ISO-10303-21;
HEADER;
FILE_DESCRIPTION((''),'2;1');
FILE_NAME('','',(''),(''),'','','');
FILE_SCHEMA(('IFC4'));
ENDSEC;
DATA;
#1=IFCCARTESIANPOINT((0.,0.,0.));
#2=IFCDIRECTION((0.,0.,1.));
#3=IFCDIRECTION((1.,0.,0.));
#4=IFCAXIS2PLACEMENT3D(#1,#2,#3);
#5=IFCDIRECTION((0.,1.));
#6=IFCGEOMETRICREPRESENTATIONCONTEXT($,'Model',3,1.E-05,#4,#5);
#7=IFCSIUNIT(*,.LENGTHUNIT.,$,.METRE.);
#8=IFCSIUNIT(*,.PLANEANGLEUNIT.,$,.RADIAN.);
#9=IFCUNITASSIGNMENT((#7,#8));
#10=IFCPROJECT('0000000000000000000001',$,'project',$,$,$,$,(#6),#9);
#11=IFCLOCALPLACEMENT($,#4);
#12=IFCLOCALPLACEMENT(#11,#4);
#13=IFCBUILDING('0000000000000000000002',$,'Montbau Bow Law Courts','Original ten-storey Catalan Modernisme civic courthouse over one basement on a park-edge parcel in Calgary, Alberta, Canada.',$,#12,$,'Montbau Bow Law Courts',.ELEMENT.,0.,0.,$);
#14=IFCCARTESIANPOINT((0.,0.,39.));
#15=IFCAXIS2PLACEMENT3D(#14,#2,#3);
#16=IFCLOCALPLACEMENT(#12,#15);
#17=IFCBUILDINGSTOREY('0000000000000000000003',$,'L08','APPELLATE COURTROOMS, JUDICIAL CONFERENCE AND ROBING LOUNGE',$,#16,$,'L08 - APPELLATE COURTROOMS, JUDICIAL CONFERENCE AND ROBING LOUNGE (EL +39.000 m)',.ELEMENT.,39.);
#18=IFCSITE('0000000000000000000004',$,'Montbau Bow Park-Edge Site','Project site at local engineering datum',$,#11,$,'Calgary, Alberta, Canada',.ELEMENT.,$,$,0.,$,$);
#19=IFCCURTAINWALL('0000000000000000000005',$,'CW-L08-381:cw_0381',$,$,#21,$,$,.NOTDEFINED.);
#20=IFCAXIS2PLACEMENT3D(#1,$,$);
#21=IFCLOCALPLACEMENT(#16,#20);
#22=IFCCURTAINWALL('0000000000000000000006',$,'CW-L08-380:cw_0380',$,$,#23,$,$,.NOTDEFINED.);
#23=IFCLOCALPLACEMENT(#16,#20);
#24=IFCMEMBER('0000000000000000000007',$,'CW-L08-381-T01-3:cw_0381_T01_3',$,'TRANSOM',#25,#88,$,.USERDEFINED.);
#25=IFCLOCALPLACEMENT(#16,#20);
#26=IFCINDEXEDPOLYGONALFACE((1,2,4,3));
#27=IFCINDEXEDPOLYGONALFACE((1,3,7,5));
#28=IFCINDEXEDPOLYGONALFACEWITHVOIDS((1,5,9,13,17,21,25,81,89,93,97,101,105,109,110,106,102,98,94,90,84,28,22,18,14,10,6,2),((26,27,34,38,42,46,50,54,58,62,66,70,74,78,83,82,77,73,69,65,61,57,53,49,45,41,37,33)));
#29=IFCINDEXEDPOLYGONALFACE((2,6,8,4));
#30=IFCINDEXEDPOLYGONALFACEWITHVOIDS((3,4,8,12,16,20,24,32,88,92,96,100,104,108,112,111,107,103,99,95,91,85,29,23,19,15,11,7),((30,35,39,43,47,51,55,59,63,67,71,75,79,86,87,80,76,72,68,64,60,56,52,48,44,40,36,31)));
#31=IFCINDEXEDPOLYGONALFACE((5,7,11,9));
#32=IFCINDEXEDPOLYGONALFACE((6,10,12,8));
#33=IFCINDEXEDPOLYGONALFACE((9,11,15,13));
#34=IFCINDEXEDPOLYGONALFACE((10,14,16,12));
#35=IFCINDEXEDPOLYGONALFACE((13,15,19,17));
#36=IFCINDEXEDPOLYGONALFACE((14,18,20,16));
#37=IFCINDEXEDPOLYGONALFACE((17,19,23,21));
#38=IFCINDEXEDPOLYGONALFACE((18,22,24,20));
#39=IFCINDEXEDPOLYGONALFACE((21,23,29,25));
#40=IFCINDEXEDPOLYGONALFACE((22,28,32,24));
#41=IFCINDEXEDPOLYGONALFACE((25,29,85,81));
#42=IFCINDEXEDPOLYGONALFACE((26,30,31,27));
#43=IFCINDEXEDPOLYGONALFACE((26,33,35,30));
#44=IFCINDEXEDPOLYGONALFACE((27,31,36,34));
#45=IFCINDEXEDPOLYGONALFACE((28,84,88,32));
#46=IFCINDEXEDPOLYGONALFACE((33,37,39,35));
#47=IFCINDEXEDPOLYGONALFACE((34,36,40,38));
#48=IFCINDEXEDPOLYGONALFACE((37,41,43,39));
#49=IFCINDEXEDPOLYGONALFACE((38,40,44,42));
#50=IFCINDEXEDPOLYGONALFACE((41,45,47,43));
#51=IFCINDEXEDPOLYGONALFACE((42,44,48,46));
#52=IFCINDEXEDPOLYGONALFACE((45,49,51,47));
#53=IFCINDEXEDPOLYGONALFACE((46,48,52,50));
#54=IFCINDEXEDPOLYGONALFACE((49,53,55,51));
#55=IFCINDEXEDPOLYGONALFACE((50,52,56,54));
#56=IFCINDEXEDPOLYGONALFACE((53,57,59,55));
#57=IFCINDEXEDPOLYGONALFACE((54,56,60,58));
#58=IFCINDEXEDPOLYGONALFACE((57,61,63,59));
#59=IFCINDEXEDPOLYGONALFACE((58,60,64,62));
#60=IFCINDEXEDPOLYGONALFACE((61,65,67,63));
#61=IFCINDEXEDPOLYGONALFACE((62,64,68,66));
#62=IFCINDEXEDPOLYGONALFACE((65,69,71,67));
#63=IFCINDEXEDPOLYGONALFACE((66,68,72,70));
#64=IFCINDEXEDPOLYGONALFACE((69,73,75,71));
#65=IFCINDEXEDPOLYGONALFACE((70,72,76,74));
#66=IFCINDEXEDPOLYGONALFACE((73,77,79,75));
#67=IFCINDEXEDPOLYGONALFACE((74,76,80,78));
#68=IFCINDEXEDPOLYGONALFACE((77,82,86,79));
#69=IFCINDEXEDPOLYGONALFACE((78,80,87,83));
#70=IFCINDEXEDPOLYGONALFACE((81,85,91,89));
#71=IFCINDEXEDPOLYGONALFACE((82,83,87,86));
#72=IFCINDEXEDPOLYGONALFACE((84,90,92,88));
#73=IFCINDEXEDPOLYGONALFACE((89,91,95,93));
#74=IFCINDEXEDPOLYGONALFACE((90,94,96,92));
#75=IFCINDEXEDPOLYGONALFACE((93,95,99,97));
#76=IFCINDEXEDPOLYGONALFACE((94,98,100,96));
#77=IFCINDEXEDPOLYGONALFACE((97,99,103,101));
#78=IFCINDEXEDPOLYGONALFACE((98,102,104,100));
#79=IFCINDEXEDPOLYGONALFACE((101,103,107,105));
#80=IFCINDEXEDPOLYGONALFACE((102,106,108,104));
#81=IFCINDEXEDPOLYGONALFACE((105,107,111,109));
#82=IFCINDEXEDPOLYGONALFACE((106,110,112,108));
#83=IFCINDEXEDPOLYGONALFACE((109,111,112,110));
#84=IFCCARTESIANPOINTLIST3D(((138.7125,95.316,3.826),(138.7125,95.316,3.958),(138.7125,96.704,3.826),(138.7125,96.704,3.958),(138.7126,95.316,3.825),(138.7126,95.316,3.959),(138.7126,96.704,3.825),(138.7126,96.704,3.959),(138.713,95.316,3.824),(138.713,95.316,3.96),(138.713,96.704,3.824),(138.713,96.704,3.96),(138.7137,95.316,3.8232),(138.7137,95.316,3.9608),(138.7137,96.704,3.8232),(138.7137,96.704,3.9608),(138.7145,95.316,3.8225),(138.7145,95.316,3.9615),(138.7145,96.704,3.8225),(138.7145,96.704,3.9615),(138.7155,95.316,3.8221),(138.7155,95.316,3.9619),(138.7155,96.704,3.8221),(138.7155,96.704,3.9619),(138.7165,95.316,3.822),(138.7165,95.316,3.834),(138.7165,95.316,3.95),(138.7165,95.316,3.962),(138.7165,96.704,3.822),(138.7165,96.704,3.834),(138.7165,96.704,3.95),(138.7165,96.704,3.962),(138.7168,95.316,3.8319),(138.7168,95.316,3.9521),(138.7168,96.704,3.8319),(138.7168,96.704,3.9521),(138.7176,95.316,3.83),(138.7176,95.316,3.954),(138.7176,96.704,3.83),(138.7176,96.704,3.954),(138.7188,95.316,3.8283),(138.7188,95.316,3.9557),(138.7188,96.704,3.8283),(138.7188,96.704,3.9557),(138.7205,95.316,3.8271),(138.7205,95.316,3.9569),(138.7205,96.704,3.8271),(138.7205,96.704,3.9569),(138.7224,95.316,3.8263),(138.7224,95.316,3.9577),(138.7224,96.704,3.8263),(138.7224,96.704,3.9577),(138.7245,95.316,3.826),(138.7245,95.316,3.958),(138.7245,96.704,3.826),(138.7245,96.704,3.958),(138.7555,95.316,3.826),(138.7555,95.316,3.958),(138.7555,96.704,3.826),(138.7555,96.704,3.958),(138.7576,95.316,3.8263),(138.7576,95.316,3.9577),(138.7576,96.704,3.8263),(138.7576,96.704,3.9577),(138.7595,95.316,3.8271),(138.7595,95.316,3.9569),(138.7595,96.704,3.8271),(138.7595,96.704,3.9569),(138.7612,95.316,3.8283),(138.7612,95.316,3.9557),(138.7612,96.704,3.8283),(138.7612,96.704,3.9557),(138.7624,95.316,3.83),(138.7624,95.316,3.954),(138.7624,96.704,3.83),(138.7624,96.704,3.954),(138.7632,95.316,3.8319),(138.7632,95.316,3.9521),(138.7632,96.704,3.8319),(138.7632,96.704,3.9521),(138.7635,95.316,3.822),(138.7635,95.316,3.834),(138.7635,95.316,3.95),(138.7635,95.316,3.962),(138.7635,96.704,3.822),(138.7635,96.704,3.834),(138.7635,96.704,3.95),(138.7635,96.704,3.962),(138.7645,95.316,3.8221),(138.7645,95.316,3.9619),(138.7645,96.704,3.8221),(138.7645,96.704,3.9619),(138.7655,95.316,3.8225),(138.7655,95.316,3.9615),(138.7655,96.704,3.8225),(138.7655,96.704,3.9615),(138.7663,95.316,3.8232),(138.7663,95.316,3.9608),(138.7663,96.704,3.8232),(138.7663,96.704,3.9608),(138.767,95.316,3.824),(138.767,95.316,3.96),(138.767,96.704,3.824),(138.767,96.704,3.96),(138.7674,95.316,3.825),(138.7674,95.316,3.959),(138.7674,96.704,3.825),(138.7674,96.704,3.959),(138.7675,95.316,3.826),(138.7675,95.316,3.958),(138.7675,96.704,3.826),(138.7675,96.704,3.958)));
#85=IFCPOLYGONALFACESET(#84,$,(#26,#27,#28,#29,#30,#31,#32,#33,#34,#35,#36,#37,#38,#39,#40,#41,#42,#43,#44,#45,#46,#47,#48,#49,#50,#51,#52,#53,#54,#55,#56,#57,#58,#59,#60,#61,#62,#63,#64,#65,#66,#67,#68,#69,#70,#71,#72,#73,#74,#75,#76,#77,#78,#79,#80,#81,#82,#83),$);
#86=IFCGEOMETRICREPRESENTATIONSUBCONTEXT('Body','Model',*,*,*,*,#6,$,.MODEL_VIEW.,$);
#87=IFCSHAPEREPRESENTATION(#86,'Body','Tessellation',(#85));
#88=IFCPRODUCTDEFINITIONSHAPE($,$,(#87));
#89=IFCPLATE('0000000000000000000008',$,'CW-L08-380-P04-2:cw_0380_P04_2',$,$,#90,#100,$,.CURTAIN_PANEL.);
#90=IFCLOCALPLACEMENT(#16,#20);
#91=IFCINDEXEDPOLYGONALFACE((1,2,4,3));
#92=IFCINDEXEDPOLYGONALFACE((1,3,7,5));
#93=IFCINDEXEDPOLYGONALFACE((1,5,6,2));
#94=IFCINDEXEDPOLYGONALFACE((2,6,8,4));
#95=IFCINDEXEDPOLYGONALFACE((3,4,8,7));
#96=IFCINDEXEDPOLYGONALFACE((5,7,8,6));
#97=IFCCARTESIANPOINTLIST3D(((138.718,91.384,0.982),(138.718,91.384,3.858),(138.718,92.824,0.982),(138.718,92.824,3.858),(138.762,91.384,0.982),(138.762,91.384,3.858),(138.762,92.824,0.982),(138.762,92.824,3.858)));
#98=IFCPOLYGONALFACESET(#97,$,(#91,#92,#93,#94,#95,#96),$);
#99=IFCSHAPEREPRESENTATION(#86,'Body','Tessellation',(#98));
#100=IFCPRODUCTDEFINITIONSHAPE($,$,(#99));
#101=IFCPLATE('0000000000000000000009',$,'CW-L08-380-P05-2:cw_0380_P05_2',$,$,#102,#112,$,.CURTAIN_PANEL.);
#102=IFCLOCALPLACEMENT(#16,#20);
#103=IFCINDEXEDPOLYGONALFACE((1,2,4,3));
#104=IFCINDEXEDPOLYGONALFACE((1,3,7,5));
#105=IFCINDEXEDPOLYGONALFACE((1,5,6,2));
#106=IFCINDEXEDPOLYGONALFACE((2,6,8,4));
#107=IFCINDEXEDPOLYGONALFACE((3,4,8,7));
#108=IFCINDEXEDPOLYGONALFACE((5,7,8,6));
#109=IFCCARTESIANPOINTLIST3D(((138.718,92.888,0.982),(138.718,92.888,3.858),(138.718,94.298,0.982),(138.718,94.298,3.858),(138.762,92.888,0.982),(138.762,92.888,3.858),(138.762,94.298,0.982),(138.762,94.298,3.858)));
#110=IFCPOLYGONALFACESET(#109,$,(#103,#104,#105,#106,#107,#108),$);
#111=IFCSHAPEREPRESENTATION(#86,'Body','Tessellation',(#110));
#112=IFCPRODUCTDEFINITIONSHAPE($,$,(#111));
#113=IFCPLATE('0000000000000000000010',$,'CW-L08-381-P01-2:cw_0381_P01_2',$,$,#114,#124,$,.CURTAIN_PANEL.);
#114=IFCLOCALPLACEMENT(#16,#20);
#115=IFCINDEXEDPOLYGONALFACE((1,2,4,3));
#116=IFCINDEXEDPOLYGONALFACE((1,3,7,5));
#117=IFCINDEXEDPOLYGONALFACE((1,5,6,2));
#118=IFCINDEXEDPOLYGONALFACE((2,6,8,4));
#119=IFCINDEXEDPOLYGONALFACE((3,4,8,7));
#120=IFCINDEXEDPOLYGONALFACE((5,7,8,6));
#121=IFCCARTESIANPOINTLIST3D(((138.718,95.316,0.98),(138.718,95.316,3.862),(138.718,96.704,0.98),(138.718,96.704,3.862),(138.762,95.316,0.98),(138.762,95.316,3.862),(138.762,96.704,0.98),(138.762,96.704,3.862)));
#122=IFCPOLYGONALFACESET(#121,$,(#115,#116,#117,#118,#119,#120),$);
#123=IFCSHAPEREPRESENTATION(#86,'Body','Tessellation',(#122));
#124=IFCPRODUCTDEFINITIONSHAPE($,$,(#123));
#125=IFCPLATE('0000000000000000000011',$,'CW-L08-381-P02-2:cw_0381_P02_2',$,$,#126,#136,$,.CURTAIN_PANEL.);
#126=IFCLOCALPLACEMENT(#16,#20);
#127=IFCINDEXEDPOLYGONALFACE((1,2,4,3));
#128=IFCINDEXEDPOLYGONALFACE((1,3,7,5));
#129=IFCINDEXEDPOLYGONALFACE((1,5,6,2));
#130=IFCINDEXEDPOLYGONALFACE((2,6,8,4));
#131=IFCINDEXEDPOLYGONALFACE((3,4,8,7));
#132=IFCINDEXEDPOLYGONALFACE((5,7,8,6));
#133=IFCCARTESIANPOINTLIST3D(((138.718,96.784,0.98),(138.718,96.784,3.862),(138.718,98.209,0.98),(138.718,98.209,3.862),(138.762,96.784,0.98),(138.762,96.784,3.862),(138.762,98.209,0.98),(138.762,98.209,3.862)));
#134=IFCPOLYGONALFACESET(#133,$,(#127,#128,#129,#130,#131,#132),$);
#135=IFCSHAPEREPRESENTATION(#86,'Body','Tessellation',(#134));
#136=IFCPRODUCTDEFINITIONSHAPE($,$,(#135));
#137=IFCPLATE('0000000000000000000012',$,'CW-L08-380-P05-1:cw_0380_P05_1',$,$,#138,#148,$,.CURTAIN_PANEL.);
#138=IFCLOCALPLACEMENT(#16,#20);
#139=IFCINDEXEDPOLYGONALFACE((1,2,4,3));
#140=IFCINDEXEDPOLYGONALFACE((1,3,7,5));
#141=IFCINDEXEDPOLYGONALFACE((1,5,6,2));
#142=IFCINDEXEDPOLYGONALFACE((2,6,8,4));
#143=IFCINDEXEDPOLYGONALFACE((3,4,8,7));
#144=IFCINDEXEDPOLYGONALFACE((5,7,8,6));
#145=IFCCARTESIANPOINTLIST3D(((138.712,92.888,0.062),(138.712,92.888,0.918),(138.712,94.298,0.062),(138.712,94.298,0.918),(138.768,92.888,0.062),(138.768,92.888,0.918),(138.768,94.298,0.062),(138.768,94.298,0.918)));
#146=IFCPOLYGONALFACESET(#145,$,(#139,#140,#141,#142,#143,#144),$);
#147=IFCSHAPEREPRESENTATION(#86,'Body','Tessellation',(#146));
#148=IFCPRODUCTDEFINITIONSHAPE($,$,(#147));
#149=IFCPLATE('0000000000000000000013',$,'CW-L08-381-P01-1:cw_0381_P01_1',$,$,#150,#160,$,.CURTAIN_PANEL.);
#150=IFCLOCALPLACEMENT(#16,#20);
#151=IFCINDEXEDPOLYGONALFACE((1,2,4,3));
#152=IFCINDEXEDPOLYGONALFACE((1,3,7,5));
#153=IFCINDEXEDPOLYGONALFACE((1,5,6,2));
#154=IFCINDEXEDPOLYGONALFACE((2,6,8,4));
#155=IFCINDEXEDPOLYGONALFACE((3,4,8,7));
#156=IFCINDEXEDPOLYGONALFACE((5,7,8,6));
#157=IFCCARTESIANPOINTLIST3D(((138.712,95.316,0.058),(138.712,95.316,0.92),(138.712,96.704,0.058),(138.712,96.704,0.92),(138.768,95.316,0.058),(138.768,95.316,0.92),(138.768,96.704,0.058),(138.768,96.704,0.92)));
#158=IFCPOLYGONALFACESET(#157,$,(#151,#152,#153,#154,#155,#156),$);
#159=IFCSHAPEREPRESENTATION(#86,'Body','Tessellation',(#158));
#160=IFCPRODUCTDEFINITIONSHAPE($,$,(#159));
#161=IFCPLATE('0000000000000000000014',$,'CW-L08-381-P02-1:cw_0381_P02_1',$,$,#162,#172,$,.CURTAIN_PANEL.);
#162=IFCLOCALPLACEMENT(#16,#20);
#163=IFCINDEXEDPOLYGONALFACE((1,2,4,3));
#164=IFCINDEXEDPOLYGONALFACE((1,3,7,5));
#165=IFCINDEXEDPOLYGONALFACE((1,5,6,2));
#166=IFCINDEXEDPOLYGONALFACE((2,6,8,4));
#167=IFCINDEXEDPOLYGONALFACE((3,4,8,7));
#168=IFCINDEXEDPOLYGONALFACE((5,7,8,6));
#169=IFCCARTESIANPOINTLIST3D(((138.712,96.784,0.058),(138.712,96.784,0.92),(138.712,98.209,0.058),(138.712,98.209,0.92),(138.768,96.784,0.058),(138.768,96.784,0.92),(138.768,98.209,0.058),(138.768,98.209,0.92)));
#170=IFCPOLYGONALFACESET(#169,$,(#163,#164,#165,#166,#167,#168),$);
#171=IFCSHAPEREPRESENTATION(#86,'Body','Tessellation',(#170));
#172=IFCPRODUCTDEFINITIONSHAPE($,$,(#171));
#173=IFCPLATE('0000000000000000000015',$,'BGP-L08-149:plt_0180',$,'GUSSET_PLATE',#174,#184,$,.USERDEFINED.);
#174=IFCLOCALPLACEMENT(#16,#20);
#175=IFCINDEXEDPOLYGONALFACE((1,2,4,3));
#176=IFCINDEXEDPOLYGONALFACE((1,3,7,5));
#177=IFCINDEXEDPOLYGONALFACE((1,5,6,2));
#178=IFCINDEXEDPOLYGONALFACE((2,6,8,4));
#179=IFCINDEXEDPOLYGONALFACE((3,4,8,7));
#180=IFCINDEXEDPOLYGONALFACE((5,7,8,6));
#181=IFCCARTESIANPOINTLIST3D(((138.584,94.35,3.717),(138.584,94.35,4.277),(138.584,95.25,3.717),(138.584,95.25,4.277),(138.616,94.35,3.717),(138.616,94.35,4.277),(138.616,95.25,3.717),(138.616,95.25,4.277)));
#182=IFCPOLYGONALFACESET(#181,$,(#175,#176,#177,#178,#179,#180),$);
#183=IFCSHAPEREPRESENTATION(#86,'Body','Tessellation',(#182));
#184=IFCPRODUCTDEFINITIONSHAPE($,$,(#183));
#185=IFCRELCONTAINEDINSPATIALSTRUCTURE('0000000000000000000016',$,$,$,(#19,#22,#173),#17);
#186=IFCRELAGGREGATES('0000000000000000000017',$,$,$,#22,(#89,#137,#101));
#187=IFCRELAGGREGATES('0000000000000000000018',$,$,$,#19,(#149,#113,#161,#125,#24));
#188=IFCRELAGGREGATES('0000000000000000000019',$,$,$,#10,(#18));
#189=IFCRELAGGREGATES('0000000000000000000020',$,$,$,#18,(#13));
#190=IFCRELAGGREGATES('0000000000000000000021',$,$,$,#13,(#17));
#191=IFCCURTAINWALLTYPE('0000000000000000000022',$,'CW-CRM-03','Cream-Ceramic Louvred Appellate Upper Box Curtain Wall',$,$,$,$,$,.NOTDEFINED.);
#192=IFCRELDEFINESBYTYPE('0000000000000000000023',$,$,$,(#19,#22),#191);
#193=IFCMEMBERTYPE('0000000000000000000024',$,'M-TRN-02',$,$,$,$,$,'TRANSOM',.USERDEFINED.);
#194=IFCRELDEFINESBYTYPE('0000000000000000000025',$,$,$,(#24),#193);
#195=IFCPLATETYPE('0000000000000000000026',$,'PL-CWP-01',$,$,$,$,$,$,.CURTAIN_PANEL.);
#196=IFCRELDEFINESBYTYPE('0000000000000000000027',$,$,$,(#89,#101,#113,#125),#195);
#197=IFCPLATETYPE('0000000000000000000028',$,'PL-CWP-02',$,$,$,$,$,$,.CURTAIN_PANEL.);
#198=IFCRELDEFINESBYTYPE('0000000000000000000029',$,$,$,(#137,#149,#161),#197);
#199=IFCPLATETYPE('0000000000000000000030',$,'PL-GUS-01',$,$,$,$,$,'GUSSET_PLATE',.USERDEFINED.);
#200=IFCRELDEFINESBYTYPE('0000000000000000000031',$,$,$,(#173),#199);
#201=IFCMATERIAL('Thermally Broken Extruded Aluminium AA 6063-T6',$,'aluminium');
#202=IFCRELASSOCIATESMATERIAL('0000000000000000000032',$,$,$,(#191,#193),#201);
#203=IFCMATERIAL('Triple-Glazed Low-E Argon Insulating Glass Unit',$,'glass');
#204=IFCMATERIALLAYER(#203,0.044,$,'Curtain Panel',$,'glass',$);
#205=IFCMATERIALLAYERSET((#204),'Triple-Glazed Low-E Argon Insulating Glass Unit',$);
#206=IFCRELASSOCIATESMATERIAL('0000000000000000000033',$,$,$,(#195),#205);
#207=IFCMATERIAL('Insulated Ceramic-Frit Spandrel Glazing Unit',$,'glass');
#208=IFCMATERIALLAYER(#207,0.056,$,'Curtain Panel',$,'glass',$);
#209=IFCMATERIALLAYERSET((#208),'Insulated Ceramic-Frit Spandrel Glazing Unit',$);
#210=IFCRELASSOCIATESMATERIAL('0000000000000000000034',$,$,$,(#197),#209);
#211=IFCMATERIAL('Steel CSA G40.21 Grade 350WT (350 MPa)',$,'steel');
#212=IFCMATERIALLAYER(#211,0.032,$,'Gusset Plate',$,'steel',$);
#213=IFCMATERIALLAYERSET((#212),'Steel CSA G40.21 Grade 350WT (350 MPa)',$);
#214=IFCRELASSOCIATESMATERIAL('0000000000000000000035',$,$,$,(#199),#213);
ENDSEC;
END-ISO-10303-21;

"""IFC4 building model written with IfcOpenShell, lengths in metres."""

from ifc_helpers import new_model, si_unit, direction, frame, frame_2d, origin_with_axes, origin_2d_with_axis, place, context, subcontext, project, spatial, rectangle, hollow_rectangle, extrude, material, layer, layer_set, material_profile, profile_set, type_object, element, aggregate, save


model = new_model("IFC4")

# Units and contexts
model_context = context("Model", 3, precision=1e-05, world=origin_with_axes(), true_north=direction((0.0, 1.0)))
body_context = subcontext(model_context, "Body", "Model", "MODEL_VIEW")
ifc_project = project(units=[si_unit("LENGTHUNIT", "METRE"), si_unit("PLANEANGLEUNIT", "RADIAN")], contexts=[model_context])

# Site, building, storey
site_placement = place(None, origin_with_axes())
site = spatial("IfcSite", under=ifc_project, at=site_placement, Name="Montbau Bow Park-Edge Site", Description="Project site at local engineering datum", LongName="Calgary, Alberta, Canada", CompositionType="ELEMENT", RefElevation=0.0)
building_placement = place(site_placement, origin_with_axes())
building = spatial("IfcBuilding", under=site, at=building_placement, Name="Montbau Bow Law Courts", Description="Original ten-storey Catalan Modernisme civic courthouse over one basement on a park-edge parcel in Calgary, Alberta, Canada.", LongName="Montbau Bow Law Courts", CompositionType="ELEMENT", ElevationOfRefHeight=0.0, ElevationOfTerrain=0.0)
storey_placement = place(building_placement, frame((0.0, 0.0, 39.0), z_axis=(0.0, 0.0, 1.0), x_axis=(1.0, 0.0, 0.0)))
storey = spatial("IfcBuildingStorey", under=building, at=storey_placement, Name="L08", Description="APPELLATE COURTROOMS, JUDICIAL CONFERENCE AND ROBING LOUNGE", LongName="L08 - APPELLATE COURTROOMS, JUDICIAL CONFERENCE AND ROBING LOUNGE (EL +39.000 m)", CompositionType="ELEMENT", Elevation=39.0)

# Shared definitions
ifc_material_1 = material(Name="Steel CSA G40.21 Grade 350WT (350 MPa)", Category="steel")

# Curtain walls
ifc_material_2 = material(Name="Thermally Broken Extruded Aluminium AA 6063-T6", Category="aluminium")
curtain_wall_type = type_object("IfcCurtainWallType", Name="CW-CRM-03", Description="Cream-Ceramic Louvred Appellate Upper Box Curtain Wall", PredefinedType="NOTDEFINED", material=ifc_material_2)
curtain_wall_1_placement = place(None, frame((138.74, 95.24, 39.0), z_axis=(0.0, 0.0, 1.0), x_axis=(1.0, 0.0, 0.0)))
curtain_wall_1 = element("IfcCurtainWall", 1, at=curtain_wall_1_placement, inside=storey, type_object=curtain_wall_type, Name="CW-L08-381:cw_0381", PredefinedType="NOTDEFINED")
curtain_wall_2_placement = place(None, frame((138.74, 86.84, 39.0), z_axis=(0.0, 0.0, 1.0), x_axis=(1.0, 0.0, 0.0)))
curtain_wall_2 = element("IfcCurtainWall", 2, at=curtain_wall_2_placement, inside=storey, type_object=curtain_wall_type, Name="CW-L08-380:cw_0380", PredefinedType="NOTDEFINED")

# Member
ifc_material_profile_1 = material_profile(ifc_material_2, hollow_rectangle(XDim=0.055, YDim=0.14, WallThickness=0.004, InnerFilletRadius=0.008, OuterFilletRadius=0.004, at=origin_2d_with_axis()), Name="CWT-140X55", Category="Main", Priority=0)
ifc_profile_set_1 = profile_set([ifc_material_profile_1], Name="Thermally Broken Extruded Aluminium AA 6063-T6")
member_type_1 = type_object("IfcMemberType", Name="M-TRN-02", ElementType="TRANSOM", PredefinedType="USERDEFINED", material=ifc_profile_set_1)
member_1_placement = place(None, frame((138.74, 95.316, 42.892), z_axis=(0.0, 1.0, 0.0), x_axis=(-1.0, 0.0, 0.0)))
member_1 = element("IfcMember", 3, at=member_1_placement, type_object=member_type_1, Name="CW-L08-381-T01-3:cw_0381_T01_3", ObjectType="TRANSOM", PredefinedType="USERDEFINED", context=body_context, shape_type="SweptSolid", body=[
    extrude(hollow_rectangle(XDim=0.055, YDim=0.14, WallThickness=0.004, InnerFilletRadius=0.008, OuterFilletRadius=0.004, at=origin_2d_with_axis()), origin_with_axes(), (0.0, 0.0, 1.0), 1.388),
])

# Plates
ifc_material_3 = material(Name="Triple-Glazed Low-E Argon Insulating Glass Unit", Category="glass")
ifc_layer_1 = layer(ifc_material_3, 0.044, Name="Curtain Panel", Category="glass")
ifc_layer_set_1 = layer_set([ifc_layer_1], Name="Triple-Glazed Low-E Argon Insulating Glass Unit")
plate_type_1 = type_object("IfcPlateType", Name="PL-CWP-01", PredefinedType="CURTAIN_PANEL", material=ifc_layer_set_1)
plate_1_placement = place(None, frame((138.74, 91.384, 39.982), z_axis=(1.0, 0.0, 0.0), x_axis=(0.0, 1.0, 0.0)))
plate_1 = element("IfcPlate", 4, at=plate_1_placement, type_object=plate_type_1, Name="CW-L08-380-P04-2:cw_0380_P04_2", PredefinedType="CURTAIN_PANEL", context=body_context, shape_type="SweptSolid", body=[
    extrude(rectangle(XDim=1.44, YDim=2.876, at=frame_2d((0.72, 1.438), x_axis=(1.0, 0.0))), frame((0.0, 0.0, -0.022), z_axis=(0.0, 0.0, 1.0), x_axis=(1.0, 0.0, 0.0)), (0.0, 0.0, 1.0), 0.044),
])
plate_2_placement = place(None, frame((138.74, 92.888, 39.982), z_axis=(1.0, 0.0, 0.0), x_axis=(0.0, 1.0, 0.0)))
plate_2 = element("IfcPlate", 5, at=plate_2_placement, type_object=plate_type_1, Name="CW-L08-380-P05-2:cw_0380_P05_2", PredefinedType="CURTAIN_PANEL", context=body_context, shape_type="SweptSolid", body=[
    extrude(rectangle(XDim=1.41, YDim=2.876, at=frame_2d((0.705, 1.438), x_axis=(1.0, 0.0))), frame((0.0, 0.0, -0.022), z_axis=(0.0, 0.0, 1.0), x_axis=(1.0, 0.0, 0.0)), (0.0, 0.0, 1.0), 0.044),
])
plate_3_placement = place(None, frame((138.74, 95.316, 39.98), z_axis=(1.0, 0.0, 0.0), x_axis=(0.0, 1.0, 0.0)))
plate_3 = element("IfcPlate", 6, at=plate_3_placement, type_object=plate_type_1, Name="CW-L08-381-P01-2:cw_0381_P01_2", PredefinedType="CURTAIN_PANEL", context=body_context, shape_type="SweptSolid", body=[
    extrude(rectangle(XDim=1.388, YDim=2.882, at=frame_2d((0.694, 1.441), x_axis=(1.0, 0.0))), frame((0.0, 0.0, -0.022), z_axis=(0.0, 0.0, 1.0), x_axis=(1.0, 0.0, 0.0)), (0.0, 0.0, 1.0), 0.044),
])
plate_4_placement = place(None, frame((138.74, 96.784, 39.98), z_axis=(1.0, 0.0, 0.0), x_axis=(0.0, 1.0, 0.0)))
plate_4 = element("IfcPlate", 7, at=plate_4_placement, type_object=plate_type_1, Name="CW-L08-381-P02-2:cw_0381_P02_2", PredefinedType="CURTAIN_PANEL", context=body_context, shape_type="SweptSolid", body=[
    extrude(rectangle(XDim=1.425, YDim=2.882, at=frame_2d((0.7125, 1.441), x_axis=(1.0, 0.0))), frame((0.0, 0.0, -0.022), z_axis=(0.0, 0.0, 1.0), x_axis=(1.0, 0.0, 0.0)), (0.0, 0.0, 1.0), 0.044),
])
ifc_material_4 = material(Name="Insulated Ceramic-Frit Spandrel Glazing Unit", Category="glass")
ifc_layer_2 = layer(ifc_material_4, 0.056, Name="Curtain Panel", Category="glass")
ifc_layer_set_2 = layer_set([ifc_layer_2], Name="Insulated Ceramic-Frit Spandrel Glazing Unit")
plate_type_2 = type_object("IfcPlateType", Name="PL-CWP-02", PredefinedType="CURTAIN_PANEL", material=ifc_layer_set_2)
plate_5_placement = place(None, frame((138.74, 92.888, 39.062), z_axis=(1.0, 0.0, 0.0), x_axis=(0.0, 1.0, 0.0)))
plate_5 = element("IfcPlate", 8, at=plate_5_placement, type_object=plate_type_2, Name="CW-L08-380-P05-1:cw_0380_P05_1", PredefinedType="CURTAIN_PANEL", context=body_context, shape_type="SweptSolid", body=[
    extrude(rectangle(XDim=1.41, YDim=0.856, at=frame_2d((0.705, 0.428), x_axis=(1.0, 0.0))), frame((0.0, 0.0, -0.028), z_axis=(0.0, 0.0, 1.0), x_axis=(1.0, 0.0, 0.0)), (0.0, 0.0, 1.0), 0.056),
])
aggregate(curtain_wall_2, [plate_1, plate_5, plate_2])
plate_6_placement = place(None, frame((138.74, 95.316, 39.058), z_axis=(1.0, 0.0, 0.0), x_axis=(0.0, 1.0, 0.0)))
plate_6 = element("IfcPlate", 9, at=plate_6_placement, type_object=plate_type_2, Name="CW-L08-381-P01-1:cw_0381_P01_1", PredefinedType="CURTAIN_PANEL", context=body_context, shape_type="SweptSolid", body=[
    extrude(rectangle(XDim=1.388, YDim=0.862, at=frame_2d((0.694, 0.431), x_axis=(1.0, 0.0))), frame((0.0, 0.0, -0.028), z_axis=(0.0, 0.0, 1.0), x_axis=(1.0, 0.0, 0.0)), (0.0, 0.0, 1.0), 0.056),
])
plate_7_placement = place(None, frame((138.74, 96.784, 39.058), z_axis=(1.0, 0.0, 0.0), x_axis=(0.0, 1.0, 0.0)))
plate_7 = element("IfcPlate", 10, at=plate_7_placement, type_object=plate_type_2, Name="CW-L08-381-P02-1:cw_0381_P02_1", PredefinedType="CURTAIN_PANEL", context=body_context, shape_type="SweptSolid", body=[
    extrude(rectangle(XDim=1.425, YDim=0.862, at=frame_2d((0.7125, 0.431), x_axis=(1.0, 0.0))), frame((0.0, 0.0, -0.028), z_axis=(0.0, 0.0, 1.0), x_axis=(1.0, 0.0, 0.0)), (0.0, 0.0, 1.0), 0.056),
])
aggregate(curtain_wall_1, [plate_6, plate_3, plate_7, plate_4, member_1])

# Plate
ifc_layer_3 = layer(ifc_material_1, 0.032, Name="Gusset Plate", Category="steel")
ifc_layer_set_3 = layer_set([ifc_layer_3], Name="Steel CSA G40.21 Grade 350WT (350 MPa)")
plate_type_3 = type_object("IfcPlateType", Name="PL-GUS-01", ElementType="GUSSET_PLATE", PredefinedType="USERDEFINED", material=ifc_layer_set_3)
for number, where, z_axis, x_axis, name in (
    (11, (138.6, 94.8, 42.717), (0.0, 0.0, 1.0), (0.0, 1.0, 0.0), "BGP-L08-149:plt_0180"),
):
    element("IfcPlate", number, at=place(None, frame(where, z_axis=z_axis, x_axis=x_axis)), inside=storey, type_object=plate_type_3, Name=name, ObjectType="GUSSET_PLATE", PredefinedType="USERDEFINED", context=body_context, shape_type="SweptSolid", body=[
        extrude(rectangle(XDim=0.9, YDim=0.032, at=origin_2d_with_axis()), origin_with_axes(), (0.0, 0.0, 1.0), 0.56),
    ])

save(model, "model.ifc")
